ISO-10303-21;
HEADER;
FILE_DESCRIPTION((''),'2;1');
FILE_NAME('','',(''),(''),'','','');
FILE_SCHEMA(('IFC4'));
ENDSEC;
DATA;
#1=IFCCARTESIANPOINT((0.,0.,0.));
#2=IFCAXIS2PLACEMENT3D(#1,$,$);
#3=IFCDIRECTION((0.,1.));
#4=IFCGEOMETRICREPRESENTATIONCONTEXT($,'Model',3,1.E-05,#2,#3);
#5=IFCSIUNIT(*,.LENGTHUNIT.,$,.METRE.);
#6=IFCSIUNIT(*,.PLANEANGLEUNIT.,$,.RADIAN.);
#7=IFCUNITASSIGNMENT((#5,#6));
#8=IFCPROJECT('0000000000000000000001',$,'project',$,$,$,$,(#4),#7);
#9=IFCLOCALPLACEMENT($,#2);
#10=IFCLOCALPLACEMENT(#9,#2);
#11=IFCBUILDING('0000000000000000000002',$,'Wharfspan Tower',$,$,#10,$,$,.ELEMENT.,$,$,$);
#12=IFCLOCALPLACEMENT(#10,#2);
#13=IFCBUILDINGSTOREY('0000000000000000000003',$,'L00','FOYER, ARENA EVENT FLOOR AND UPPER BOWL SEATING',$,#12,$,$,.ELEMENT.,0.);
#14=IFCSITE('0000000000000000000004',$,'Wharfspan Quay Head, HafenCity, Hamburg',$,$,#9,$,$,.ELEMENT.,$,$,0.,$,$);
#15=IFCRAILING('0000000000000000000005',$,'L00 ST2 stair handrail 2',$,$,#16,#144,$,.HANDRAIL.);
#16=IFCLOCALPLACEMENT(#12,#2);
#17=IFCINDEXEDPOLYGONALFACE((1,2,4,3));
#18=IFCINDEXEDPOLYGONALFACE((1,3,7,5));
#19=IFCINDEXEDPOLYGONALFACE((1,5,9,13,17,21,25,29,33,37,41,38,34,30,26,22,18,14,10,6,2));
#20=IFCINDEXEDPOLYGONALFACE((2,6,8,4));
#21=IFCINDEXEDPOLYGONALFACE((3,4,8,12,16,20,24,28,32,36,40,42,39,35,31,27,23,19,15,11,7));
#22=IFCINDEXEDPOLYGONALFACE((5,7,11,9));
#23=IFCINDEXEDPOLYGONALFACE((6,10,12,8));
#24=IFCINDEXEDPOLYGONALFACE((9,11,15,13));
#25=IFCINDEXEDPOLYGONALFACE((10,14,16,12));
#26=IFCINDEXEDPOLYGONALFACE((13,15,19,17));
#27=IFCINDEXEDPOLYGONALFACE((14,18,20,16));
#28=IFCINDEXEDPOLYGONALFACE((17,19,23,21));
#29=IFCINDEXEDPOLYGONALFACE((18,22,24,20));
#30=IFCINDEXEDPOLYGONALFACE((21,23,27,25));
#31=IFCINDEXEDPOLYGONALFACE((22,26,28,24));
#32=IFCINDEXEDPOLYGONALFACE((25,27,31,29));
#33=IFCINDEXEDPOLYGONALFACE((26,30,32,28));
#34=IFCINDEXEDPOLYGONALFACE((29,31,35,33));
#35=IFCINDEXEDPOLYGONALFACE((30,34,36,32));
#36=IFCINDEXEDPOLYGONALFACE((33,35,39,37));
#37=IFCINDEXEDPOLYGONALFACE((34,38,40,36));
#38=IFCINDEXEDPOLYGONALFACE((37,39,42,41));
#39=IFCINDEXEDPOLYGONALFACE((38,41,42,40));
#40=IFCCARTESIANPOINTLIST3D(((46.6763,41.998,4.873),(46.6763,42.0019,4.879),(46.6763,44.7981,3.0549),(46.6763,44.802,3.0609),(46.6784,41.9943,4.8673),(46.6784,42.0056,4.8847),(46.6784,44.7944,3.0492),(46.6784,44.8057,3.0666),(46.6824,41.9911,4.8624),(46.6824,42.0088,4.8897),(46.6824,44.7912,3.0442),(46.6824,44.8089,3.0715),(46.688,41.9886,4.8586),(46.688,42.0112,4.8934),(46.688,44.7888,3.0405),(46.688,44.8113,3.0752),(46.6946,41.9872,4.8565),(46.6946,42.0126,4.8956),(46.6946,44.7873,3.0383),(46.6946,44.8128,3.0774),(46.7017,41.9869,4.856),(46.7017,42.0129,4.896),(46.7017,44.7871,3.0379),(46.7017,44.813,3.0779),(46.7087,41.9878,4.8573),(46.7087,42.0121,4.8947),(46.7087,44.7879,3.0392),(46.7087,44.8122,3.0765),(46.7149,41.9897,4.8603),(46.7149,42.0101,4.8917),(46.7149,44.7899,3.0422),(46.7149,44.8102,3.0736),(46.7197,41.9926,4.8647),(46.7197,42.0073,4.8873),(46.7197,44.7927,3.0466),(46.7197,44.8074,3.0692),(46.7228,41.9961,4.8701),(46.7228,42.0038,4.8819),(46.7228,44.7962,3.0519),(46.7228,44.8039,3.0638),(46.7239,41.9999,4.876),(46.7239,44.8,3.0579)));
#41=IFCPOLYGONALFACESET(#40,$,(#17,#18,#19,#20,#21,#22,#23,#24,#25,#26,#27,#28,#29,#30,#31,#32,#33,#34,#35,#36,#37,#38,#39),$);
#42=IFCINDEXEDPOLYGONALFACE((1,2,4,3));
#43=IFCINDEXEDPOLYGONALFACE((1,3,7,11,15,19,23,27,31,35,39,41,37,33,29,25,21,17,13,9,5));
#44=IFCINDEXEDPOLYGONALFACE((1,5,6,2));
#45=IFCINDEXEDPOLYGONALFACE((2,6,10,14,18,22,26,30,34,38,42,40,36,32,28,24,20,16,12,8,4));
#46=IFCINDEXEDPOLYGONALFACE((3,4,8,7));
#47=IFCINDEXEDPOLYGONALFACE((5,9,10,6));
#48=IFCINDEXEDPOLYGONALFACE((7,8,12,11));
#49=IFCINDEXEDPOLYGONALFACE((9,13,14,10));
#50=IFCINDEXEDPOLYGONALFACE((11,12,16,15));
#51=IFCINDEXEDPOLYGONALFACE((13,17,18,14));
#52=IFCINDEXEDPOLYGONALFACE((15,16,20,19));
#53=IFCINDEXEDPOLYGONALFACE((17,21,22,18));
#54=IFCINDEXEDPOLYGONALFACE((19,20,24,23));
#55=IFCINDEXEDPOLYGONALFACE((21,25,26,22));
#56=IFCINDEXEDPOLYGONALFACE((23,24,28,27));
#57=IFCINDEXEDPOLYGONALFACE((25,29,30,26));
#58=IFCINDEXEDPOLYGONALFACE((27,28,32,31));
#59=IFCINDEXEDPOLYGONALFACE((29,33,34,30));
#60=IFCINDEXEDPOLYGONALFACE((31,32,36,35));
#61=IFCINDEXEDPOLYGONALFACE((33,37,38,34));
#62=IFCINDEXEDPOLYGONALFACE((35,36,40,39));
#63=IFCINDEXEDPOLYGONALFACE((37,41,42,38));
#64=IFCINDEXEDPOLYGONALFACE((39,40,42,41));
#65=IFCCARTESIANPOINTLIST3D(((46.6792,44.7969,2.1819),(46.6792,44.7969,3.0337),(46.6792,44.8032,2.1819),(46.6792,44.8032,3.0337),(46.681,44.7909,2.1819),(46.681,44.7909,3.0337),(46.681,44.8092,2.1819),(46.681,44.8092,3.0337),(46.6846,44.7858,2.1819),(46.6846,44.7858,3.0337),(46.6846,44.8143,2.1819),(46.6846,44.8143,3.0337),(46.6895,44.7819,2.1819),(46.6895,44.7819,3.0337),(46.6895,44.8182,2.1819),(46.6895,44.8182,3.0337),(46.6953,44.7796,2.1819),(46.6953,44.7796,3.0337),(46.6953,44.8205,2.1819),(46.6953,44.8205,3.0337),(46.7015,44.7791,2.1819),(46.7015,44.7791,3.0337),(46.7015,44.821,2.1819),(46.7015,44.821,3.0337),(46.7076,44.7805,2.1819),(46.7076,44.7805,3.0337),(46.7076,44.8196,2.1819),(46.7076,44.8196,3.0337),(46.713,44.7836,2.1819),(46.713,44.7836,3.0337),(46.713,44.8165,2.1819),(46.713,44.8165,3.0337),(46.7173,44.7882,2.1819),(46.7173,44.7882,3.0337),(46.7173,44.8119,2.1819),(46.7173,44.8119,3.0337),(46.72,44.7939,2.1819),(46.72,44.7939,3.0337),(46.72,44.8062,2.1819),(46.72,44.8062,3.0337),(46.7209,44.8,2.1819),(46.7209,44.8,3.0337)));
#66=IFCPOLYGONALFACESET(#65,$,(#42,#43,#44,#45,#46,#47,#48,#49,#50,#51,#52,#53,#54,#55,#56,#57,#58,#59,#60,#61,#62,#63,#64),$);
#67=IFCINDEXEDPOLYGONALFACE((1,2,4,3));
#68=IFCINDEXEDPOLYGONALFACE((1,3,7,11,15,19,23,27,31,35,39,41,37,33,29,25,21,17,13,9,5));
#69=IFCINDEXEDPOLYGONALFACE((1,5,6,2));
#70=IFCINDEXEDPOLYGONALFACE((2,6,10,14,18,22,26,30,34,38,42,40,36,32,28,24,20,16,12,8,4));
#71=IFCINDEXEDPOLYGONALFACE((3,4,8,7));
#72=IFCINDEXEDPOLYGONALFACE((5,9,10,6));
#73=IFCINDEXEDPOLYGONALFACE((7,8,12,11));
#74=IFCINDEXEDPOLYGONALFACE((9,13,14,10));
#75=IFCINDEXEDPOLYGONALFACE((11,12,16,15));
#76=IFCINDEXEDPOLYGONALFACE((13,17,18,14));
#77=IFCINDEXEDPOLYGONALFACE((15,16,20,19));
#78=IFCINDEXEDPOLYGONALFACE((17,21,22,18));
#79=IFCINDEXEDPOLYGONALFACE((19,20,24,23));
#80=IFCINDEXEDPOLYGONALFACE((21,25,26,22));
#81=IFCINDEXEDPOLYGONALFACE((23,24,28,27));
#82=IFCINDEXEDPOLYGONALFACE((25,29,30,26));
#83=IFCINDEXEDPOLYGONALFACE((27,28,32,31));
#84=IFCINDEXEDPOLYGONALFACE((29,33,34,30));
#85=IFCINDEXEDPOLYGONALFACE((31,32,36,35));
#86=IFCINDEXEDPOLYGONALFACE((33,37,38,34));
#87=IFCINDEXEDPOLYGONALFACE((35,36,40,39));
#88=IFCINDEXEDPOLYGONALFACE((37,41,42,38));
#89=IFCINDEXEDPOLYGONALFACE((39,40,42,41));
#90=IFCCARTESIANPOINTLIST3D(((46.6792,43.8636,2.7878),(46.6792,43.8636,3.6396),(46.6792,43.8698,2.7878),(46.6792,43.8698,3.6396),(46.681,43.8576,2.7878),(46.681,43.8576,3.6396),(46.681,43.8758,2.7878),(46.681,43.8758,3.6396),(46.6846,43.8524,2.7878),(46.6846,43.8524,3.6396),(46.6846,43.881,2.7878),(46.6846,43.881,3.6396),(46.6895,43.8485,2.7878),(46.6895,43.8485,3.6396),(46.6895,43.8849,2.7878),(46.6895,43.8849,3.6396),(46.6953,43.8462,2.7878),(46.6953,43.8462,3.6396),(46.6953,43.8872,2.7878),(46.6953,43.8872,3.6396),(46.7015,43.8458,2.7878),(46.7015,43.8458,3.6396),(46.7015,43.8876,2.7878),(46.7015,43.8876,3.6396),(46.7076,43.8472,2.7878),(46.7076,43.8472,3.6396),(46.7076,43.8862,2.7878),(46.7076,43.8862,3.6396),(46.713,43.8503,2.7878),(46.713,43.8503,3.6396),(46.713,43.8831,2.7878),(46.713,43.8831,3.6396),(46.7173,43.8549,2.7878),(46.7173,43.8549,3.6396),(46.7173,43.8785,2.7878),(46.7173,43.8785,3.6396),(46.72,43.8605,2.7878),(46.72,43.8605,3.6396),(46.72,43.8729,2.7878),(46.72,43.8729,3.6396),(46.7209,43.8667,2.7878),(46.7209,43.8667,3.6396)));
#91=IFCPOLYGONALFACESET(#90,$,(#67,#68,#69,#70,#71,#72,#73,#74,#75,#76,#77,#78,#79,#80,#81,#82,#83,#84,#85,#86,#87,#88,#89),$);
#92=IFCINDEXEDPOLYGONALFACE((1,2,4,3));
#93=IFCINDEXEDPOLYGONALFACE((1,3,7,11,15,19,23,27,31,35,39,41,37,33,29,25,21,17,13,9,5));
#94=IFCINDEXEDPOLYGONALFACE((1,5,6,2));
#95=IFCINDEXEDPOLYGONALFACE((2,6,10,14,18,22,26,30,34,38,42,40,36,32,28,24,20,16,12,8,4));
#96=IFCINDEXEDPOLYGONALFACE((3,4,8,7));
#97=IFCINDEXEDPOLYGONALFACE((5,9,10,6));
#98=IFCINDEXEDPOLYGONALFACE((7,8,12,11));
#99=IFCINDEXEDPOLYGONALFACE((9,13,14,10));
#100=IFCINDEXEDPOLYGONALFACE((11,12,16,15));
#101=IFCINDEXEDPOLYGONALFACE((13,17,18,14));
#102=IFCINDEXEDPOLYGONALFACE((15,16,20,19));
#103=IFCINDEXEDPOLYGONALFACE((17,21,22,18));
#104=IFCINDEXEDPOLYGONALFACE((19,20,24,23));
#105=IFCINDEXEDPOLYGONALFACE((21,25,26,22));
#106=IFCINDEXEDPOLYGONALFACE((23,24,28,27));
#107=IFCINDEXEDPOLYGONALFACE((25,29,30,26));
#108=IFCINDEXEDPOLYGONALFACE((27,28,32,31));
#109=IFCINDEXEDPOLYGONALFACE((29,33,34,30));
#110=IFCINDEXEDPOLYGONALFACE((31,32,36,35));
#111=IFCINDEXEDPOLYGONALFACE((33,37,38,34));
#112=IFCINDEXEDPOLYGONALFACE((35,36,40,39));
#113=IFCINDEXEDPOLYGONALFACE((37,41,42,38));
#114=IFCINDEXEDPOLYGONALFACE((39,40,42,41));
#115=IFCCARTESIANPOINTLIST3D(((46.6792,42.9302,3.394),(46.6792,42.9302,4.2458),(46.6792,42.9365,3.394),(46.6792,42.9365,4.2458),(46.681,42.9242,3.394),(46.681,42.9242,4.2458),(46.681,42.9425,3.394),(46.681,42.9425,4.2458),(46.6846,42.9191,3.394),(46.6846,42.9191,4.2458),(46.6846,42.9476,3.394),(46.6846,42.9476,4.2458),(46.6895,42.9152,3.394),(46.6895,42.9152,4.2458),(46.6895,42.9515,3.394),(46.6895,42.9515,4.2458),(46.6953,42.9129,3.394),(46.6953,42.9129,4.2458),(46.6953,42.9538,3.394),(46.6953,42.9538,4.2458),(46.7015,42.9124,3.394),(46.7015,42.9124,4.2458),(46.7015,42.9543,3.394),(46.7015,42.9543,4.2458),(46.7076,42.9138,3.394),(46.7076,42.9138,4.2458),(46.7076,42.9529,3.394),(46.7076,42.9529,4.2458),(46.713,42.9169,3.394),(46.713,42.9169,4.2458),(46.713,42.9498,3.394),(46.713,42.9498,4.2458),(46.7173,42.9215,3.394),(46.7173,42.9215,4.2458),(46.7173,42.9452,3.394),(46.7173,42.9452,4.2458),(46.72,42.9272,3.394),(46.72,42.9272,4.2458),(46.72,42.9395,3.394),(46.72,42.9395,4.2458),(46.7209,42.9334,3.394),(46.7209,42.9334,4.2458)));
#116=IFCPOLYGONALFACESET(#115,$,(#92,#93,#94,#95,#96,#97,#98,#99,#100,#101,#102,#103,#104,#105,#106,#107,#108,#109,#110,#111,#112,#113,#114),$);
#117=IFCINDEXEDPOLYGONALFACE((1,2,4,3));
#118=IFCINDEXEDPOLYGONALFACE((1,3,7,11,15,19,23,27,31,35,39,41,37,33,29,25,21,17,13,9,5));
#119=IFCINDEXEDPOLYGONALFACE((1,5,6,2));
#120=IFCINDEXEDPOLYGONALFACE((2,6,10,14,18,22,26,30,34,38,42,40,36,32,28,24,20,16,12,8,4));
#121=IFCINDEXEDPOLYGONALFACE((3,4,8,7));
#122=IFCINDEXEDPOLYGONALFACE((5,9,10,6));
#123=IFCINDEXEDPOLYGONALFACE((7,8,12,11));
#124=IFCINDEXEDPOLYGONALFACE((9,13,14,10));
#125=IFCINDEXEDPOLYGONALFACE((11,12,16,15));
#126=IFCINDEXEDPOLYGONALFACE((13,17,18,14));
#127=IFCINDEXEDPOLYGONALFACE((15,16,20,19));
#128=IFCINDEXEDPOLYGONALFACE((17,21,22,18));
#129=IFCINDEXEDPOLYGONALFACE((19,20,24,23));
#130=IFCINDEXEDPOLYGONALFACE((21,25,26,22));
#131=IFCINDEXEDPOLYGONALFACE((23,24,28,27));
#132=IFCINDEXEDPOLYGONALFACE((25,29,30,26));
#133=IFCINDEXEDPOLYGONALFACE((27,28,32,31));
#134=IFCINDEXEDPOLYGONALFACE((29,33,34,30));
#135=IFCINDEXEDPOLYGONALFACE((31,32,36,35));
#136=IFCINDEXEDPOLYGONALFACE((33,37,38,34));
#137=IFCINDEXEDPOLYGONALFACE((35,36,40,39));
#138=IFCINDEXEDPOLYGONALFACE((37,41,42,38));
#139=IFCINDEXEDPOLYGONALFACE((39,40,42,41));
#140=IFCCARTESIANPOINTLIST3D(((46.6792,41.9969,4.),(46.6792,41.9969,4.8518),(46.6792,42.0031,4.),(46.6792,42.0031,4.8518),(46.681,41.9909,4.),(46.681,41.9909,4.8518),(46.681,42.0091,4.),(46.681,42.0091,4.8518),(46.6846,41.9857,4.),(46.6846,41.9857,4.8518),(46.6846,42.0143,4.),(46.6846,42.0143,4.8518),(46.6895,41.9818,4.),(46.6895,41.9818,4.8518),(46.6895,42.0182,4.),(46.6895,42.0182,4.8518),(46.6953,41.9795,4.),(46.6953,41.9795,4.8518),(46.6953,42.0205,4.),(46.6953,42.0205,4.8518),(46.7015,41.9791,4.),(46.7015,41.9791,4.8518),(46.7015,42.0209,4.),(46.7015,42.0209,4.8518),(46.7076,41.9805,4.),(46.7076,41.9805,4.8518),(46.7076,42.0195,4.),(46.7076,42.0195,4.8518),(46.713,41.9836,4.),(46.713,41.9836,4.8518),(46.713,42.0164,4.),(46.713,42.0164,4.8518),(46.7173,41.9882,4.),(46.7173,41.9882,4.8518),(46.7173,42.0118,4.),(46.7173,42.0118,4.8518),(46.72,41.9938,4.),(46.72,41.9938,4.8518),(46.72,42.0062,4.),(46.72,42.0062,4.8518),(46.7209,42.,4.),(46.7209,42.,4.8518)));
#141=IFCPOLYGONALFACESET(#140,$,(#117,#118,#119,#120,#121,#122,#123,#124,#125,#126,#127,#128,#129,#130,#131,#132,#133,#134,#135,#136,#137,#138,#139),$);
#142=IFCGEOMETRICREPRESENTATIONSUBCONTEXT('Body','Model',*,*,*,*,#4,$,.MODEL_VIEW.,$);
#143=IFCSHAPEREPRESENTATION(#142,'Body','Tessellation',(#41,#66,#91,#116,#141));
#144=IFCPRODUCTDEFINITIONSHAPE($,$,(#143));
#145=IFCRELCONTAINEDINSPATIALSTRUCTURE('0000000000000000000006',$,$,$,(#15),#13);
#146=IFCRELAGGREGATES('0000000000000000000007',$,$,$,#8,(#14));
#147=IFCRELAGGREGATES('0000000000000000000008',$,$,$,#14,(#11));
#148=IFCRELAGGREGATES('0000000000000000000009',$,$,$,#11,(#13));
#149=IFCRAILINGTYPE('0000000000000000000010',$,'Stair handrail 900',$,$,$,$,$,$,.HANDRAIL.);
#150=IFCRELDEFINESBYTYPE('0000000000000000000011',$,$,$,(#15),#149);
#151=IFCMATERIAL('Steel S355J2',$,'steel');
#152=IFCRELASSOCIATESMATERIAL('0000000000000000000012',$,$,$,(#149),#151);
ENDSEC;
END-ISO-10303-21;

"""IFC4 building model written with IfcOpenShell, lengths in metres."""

from ifc_helpers import new_model, si_unit, direction, frame, origin, origin_2d, place, context, subcontext, project, spatial, circle, extrude, material, type_object, element, save


model = new_model("IFC4")

# Units and contexts
model_context = context("Model", 3, precision=1e-05, world=origin(), true_north=direction((0.0, 1.0)))
body_context = subcontext(model_context, "Body", "Model", "MODEL_VIEW")
ifc_project = project(units=[si_unit("LENGTHUNIT", "METRE"), si_unit("PLANEANGLEUNIT", "RADIAN")], contexts=[model_context])

# Site, building, storey
site_placement = place(None, origin())
site = spatial("IfcSite", under=ifc_project, at=site_placement, Name="Wharfspan Quay Head, HafenCity, Hamburg", CompositionType="ELEMENT", RefElevation=0.0)
building_placement = place(site_placement, origin())
building = spatial("IfcBuilding", under=site, at=building_placement, Name="Wharfspan Tower", CompositionType="ELEMENT")
storey_placement = place(building_placement, origin())
storey = spatial("IfcBuildingStorey", under=building, at=storey_placement, Name="L00", Description="FOYER, ARENA EVENT FLOOR AND UPPER BOWL SEATING", CompositionType="ELEMENT", Elevation=0.0)

# Railing
ifc_material_1 = material(Name="Steel S355J2", Category="steel")
railing_type_1 = type_object("IfcRailingType", Name="Stair handrail 900", PredefinedType="HANDRAIL", material=ifc_material_1)
for number, where, name in (
    (1, (46.7, 44.8, 2.1819), "L00 ST2 stair handrail 2"),
):
    element("IfcRailing", number, at=place(storey_placement, frame(where)), inside=storey, type_object=railing_type_1, Name=name, PredefinedType="HANDRAIL", context=body_context, shape_type="SweptSolid", body=[
        extrude(circle(Radius=0.0239, at=origin_2d()), frame((0.0, 0.0, 0.876), z_axis=(0.0, -0.838706, 0.544585), x_axis=(1.0, 0.0, 0.0)), (0.0, 0.0, 1.0), 3.3386),
        extrude(circle(Radius=0.021, at=origin_2d()), origin(), (0.0, 0.0, 1.0), 0.8518),
        extrude(circle(Radius=0.021, at=origin_2d()), frame((0.0, -0.9334, 0.606)), (0.0, 0.0, 1.0), 0.8518),
        extrude(circle(Radius=0.021, at=origin_2d()), frame((0.0, -1.8667, 1.2122)), (0.0, 0.0, 1.0), 0.8518),
        extrude(circle(Radius=0.021, at=origin_2d()), frame((0.0, -2.8, 1.8181)), (0.0, 0.0, 1.0), 0.8518),
    ])

save(model, "model.ifc")
